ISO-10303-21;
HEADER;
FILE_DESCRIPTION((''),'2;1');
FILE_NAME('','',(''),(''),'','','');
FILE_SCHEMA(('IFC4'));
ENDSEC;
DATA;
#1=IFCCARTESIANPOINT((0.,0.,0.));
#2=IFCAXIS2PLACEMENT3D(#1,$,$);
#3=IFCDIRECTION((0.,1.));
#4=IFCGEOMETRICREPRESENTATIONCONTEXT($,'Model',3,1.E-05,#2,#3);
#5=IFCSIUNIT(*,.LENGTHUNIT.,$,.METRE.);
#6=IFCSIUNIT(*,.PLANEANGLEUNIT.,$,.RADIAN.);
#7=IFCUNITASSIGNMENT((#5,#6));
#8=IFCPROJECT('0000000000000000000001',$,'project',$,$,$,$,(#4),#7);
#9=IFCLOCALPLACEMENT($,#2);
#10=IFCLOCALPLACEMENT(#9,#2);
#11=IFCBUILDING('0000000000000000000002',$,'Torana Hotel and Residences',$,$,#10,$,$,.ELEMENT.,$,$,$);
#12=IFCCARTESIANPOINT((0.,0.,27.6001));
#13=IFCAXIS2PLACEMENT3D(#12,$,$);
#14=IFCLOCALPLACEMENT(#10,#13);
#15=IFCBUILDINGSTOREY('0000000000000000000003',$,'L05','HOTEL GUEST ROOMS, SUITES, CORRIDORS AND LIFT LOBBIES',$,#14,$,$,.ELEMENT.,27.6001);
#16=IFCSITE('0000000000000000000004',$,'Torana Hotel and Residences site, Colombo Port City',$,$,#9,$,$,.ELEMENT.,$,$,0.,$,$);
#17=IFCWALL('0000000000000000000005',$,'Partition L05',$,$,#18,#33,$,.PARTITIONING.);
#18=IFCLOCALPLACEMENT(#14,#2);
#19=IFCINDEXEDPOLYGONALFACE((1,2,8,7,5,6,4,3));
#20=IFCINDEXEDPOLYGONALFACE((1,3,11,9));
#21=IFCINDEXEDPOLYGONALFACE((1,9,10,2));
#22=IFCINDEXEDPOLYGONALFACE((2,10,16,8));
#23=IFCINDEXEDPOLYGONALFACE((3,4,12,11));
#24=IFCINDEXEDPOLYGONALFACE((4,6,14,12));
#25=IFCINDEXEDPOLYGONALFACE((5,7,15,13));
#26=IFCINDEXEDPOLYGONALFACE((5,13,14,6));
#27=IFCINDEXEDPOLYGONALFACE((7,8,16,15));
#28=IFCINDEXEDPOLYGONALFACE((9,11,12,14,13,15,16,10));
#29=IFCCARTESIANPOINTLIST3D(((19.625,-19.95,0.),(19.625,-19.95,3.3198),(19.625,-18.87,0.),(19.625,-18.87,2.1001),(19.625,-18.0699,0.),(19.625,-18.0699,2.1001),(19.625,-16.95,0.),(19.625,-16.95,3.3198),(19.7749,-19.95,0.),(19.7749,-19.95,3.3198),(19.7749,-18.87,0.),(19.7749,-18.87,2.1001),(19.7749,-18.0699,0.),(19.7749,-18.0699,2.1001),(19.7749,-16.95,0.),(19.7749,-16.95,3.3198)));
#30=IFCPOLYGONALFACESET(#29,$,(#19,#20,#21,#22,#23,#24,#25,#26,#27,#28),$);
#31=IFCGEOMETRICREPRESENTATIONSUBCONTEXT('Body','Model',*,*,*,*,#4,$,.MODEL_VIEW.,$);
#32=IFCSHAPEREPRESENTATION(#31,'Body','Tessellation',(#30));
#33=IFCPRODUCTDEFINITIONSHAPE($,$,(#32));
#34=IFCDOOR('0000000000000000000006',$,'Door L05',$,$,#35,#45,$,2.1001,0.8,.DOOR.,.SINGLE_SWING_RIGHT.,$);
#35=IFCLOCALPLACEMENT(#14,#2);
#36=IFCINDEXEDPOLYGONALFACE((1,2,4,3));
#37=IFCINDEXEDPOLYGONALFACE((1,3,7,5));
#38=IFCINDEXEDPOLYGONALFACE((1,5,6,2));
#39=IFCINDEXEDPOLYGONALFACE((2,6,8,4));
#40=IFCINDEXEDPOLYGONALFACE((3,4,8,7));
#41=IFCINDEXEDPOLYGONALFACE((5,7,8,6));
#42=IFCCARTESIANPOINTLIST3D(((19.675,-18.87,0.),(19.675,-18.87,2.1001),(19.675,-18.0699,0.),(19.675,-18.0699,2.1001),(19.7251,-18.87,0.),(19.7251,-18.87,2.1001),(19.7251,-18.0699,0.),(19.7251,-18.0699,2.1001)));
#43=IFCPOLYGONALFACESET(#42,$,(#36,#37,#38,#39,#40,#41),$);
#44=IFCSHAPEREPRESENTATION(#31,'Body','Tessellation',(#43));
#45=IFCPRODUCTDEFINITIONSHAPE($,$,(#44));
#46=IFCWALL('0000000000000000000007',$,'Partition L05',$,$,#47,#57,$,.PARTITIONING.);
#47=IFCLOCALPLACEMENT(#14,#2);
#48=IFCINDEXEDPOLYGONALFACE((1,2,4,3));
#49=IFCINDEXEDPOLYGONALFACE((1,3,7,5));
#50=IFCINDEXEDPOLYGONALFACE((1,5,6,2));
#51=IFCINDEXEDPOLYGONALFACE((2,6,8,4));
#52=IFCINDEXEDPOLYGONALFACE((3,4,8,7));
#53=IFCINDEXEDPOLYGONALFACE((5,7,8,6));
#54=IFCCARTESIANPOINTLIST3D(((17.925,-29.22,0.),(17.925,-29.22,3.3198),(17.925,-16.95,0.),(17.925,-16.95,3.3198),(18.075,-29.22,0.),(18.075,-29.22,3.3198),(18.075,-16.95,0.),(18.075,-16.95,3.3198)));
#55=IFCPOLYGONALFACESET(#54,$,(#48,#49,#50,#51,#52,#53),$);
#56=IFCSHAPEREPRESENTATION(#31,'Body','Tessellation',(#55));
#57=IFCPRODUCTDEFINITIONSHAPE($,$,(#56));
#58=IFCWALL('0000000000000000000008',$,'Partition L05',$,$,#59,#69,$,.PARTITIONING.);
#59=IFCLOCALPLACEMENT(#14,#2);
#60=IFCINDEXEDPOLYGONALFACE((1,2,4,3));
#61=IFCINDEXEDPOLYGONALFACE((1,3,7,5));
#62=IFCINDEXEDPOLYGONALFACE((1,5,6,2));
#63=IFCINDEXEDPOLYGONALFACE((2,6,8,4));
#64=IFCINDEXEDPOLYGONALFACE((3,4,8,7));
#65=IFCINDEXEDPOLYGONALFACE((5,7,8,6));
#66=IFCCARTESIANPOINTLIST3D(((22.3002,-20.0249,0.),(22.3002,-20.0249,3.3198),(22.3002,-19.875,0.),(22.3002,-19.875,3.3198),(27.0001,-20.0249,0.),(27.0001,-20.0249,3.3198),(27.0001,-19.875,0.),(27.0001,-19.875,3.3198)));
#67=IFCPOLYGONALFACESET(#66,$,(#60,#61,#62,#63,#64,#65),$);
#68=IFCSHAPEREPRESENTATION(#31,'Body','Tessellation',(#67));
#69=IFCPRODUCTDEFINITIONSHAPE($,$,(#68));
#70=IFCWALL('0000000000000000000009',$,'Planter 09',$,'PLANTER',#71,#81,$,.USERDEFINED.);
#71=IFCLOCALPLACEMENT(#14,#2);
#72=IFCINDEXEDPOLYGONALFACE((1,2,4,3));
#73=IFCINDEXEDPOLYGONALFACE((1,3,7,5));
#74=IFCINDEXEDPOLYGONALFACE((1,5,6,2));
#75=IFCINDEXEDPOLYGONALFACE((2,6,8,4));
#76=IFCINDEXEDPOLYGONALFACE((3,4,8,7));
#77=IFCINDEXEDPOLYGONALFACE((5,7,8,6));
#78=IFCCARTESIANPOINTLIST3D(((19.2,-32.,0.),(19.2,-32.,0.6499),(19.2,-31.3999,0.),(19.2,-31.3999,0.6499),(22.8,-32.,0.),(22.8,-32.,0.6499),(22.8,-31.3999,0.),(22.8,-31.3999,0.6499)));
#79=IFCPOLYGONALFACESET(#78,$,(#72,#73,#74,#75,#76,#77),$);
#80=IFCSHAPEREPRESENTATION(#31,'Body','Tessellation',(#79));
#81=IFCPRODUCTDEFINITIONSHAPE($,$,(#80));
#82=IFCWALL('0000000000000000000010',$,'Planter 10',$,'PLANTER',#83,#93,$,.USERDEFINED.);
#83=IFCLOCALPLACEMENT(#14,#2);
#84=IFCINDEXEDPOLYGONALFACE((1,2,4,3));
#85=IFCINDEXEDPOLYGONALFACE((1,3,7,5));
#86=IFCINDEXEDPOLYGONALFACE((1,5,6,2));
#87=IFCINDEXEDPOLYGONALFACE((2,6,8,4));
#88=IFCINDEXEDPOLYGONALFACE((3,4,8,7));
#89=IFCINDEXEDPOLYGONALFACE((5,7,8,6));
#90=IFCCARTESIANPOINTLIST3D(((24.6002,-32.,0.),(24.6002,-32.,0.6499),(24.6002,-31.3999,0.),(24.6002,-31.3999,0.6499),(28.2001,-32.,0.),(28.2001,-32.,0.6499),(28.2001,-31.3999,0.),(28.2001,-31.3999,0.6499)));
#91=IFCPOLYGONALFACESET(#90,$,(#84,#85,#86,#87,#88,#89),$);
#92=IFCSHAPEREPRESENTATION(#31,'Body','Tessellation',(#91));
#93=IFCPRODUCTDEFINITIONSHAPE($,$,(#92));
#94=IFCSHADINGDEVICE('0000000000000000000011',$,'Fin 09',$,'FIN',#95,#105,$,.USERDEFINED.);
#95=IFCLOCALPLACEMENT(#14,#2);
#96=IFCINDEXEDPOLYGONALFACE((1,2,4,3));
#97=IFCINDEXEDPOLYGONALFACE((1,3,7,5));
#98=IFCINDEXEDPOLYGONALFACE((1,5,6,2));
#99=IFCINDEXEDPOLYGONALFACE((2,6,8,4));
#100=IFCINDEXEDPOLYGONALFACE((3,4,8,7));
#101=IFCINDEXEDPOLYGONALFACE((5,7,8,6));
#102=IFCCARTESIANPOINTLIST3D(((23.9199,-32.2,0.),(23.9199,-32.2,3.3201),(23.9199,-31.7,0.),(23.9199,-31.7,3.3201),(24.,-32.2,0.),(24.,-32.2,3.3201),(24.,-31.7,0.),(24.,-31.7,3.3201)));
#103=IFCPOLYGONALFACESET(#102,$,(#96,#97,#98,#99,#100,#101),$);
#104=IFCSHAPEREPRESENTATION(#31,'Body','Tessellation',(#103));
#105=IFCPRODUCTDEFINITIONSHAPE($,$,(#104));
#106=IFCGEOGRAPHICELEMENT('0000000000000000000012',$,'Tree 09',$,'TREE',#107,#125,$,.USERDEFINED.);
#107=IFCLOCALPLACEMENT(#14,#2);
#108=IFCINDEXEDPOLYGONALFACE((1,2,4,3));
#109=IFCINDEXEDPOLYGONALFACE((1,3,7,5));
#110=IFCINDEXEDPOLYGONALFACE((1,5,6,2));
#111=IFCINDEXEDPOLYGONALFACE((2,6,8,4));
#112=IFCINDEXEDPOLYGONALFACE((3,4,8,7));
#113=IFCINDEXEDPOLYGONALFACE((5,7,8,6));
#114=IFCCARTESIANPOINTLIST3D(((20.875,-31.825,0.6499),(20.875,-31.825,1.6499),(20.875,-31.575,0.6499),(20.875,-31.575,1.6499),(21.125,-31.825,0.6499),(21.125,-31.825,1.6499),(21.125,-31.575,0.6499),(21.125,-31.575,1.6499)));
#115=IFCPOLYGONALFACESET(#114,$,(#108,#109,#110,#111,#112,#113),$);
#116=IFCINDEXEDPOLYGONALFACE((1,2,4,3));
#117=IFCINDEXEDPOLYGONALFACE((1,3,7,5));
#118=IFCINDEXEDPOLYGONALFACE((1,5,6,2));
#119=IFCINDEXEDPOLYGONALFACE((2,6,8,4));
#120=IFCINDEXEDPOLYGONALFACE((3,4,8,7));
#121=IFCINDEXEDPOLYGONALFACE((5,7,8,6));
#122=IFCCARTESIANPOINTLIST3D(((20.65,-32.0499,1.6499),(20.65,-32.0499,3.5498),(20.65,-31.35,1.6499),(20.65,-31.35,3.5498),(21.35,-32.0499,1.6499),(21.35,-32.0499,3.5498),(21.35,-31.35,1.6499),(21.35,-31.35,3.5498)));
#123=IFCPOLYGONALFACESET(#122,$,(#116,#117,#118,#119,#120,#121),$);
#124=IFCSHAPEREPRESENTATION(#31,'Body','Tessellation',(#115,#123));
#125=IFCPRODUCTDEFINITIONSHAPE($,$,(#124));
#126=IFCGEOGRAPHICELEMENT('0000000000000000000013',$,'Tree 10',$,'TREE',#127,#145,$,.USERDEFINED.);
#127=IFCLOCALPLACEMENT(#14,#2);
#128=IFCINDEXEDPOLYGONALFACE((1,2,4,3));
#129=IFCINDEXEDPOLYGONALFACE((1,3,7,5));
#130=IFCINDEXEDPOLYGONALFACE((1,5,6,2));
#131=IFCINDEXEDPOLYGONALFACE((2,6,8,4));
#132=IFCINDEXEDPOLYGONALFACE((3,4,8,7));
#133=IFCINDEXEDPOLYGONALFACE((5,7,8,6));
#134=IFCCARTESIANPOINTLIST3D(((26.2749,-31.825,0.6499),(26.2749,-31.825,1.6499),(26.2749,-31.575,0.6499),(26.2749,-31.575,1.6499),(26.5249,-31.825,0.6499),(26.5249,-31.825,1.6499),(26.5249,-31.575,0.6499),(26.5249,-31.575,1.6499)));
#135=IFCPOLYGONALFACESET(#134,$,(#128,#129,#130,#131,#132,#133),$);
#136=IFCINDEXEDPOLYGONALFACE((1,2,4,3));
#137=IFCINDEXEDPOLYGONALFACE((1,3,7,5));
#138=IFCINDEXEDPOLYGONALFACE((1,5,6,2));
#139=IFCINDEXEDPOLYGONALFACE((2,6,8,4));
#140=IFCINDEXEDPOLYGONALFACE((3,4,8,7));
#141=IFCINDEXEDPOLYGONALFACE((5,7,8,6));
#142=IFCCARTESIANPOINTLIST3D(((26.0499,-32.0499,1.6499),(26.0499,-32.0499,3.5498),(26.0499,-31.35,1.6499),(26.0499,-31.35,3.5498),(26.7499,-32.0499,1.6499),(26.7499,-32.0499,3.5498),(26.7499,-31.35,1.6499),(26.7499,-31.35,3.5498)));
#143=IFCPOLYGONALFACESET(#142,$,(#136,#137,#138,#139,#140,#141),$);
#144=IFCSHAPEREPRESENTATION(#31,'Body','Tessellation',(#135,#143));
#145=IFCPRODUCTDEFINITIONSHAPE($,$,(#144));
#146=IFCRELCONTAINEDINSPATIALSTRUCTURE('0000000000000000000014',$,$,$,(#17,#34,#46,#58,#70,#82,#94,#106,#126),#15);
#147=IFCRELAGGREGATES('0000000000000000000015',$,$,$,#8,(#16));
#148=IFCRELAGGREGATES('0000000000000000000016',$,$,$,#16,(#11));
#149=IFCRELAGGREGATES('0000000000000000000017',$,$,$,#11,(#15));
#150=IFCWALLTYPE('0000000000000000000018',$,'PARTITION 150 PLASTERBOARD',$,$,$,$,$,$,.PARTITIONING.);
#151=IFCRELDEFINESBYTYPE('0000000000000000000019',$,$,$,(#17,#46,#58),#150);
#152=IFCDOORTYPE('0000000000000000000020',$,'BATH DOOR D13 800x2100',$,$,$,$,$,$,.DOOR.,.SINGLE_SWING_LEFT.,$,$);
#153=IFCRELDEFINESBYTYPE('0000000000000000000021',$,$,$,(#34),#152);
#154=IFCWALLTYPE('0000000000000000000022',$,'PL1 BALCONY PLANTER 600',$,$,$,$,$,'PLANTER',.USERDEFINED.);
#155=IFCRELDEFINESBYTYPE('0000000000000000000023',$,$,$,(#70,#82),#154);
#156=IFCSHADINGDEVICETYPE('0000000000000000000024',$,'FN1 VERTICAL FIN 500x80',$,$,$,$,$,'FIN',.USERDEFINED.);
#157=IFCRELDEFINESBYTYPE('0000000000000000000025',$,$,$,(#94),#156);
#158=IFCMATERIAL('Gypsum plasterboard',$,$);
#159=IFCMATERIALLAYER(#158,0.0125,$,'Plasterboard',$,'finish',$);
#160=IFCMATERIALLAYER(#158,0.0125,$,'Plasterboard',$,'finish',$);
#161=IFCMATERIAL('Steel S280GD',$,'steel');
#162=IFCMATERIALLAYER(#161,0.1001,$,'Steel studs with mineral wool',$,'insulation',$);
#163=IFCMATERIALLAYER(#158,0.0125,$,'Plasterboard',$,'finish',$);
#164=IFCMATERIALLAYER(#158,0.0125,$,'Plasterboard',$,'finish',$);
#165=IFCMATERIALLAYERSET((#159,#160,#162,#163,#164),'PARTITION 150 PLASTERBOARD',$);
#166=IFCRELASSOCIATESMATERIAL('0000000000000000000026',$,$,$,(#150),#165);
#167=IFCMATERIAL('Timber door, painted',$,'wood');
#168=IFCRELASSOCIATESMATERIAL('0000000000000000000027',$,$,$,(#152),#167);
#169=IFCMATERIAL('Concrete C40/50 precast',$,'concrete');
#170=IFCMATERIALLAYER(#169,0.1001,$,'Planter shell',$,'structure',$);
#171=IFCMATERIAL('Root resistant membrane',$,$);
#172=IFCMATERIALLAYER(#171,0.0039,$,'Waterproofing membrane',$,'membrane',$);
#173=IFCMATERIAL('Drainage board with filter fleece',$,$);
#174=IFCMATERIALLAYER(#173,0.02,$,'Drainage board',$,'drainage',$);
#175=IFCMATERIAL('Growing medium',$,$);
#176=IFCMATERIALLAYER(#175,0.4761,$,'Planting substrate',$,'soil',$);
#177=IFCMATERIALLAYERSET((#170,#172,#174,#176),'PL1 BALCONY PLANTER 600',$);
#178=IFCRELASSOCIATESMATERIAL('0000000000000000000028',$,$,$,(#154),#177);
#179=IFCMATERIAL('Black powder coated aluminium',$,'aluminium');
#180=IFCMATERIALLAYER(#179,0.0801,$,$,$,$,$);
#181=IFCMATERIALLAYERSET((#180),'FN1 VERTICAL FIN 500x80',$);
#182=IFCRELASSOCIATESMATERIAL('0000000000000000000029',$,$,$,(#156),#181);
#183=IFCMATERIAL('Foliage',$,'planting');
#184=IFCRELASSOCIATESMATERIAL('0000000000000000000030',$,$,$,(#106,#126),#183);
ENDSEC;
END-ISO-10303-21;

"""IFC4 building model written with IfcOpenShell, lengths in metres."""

from ifc_helpers import new_model, si_unit, direction, frame, frame_2d, origin, origin_2d, place, context, subcontext, project, spatial, rectangle, extrude, material, layer, layer_set, type_object, element, fill, save


model = new_model("IFC4")

# Units and contexts
model_context = context("Model", 3, precision=1e-05, world=origin(), true_north=direction((0.0, 1.0)))
body_context = subcontext(model_context, "Body", "Model", "MODEL_VIEW")
ifc_project = project(units=[si_unit("LENGTHUNIT", "METRE"), si_unit("PLANEANGLEUNIT", "RADIAN")], contexts=[model_context])

# Site, building, storey
site_placement = place(None, origin())
site = spatial("IfcSite", under=ifc_project, at=site_placement, Name="Torana Hotel and Residences site, Colombo Port City", CompositionType="ELEMENT", RefElevation=0.0)
building_placement = place(site_placement, origin())
building = spatial("IfcBuilding", under=site, at=building_placement, Name="Torana Hotel and Residences", CompositionType="ELEMENT")
storey_placement = place(building_placement, frame((0.0, 0.0, 27.6001)))
storey = spatial("IfcBuildingStorey", under=building, at=storey_placement, Name="L05", Description="HOTEL GUEST ROOMS, SUITES, CORRIDORS AND LIFT LOBBIES", CompositionType="ELEMENT", Elevation=27.6001)

# Shared definitions
ifc_material_1 = material(Name="Gypsum plasterboard")
ifc_layer_1 = layer(ifc_material_1, 0.0125, Name="Plasterboard", Category="finish")
ifc_layer_2 = layer(ifc_material_1, 0.0125, Name="Plasterboard", Category="finish")
ifc_material_2 = material(Name="Steel S280GD", Category="steel")
ifc_layer_3 = layer(ifc_material_2, 0.1001, Name="Steel studs with mineral wool", Category="insulation")
ifc_layer_4 = layer(ifc_material_1, 0.0125, Name="Plasterboard", Category="finish")
ifc_layer_5 = layer(ifc_material_1, 0.0125, Name="Plasterboard", Category="finish")
ifc_layer_set_1 = layer_set([ifc_layer_1, ifc_layer_2, ifc_layer_3, ifc_layer_4, ifc_layer_5], Name="PARTITION 150 PLASTERBOARD")
wall_type_1 = type_object("IfcWallType", Name="PARTITION 150 PLASTERBOARD", PredefinedType="PARTITIONING", material=ifc_layer_set_1)

# Shared definitions
ifc_material_3 = material(Name="Timber door, painted", Category="wood")
door_type_1 = type_object("IfcDoorType", Name="BATH DOOR D13 800x2100", OperationType="SINGLE_SWING_LEFT", PredefinedType="DOOR", material=ifc_material_3)

# Wall, opening, door
wall_1_placement = place(storey_placement, frame((19.7, -19.95, 0.0), z_axis=(0.0, 0.0, 1.0), x_axis=(0.0, 1.0, 0.0)))
wall_1 = element("IfcWall", 1, at=wall_1_placement, inside=storey, type_object=wall_type_1, Name="Partition L05", PredefinedType="PARTITIONING", context=body_context, shape_type="SweptSolid", body=[
    extrude(rectangle(XDim=3.0, YDim=0.1499, at=frame_2d((1.5, 0.0))), origin(), (0.0, 0.0, 1.0), 3.3198),
])
opening_1_placement = place(wall_1_placement, frame((1.0801, 0.0, 0.0)))
opening_1 = element("IfcOpeningElement", 2, at=opening_1_placement, cuts=wall_1, PredefinedType="OPENING", context=body_context, shape_type="SweptSolid", body=[
    extrude(rectangle(XDim=0.8, YDim=2.1001, at=frame_2d((0.3999, 1.05))), frame((0.0, 0.085, 0.0), z_axis=(0.0, -1.0, 0.0), x_axis=(1.0, 0.0, 0.0)), (0.0, 0.0, 1.0), 0.1699),
])
door_1_placement = place(opening_1_placement, origin())
door_1 = element("IfcDoor", 3, at=door_1_placement, inside=storey, type_object=door_type_1, Name="Door L05", OperationType="SINGLE_SWING_RIGHT", OverallHeight=2.1001, OverallWidth=0.8, PredefinedType="DOOR", context=body_context, shape_type="SweptSolid", body=[
    extrude(rectangle(XDim=0.8, YDim=2.1001, at=frame_2d((0.3999, 1.05))), frame((0.0, 0.0249, 0.0), z_axis=(0.0, -1.0, 0.0), x_axis=(1.0, 0.0, 0.0)), (0.0, 0.0, 1.0), 0.05),
])
fill(opening_1, door_1)

# Walls
wall_2_placement = place(storey_placement, frame((18.0, -29.22, 0.0), z_axis=(0.0, 0.0, 1.0), x_axis=(0.0, 1.0, 0.0)))
element("IfcWall", 4, at=wall_2_placement, inside=storey, type_object=wall_type_1, Name="Partition L05", PredefinedType="PARTITIONING", context=body_context, shape_type="SweptSolid", body=[
    extrude(rectangle(XDim=12.27, YDim=0.1499, at=frame_2d((6.135, 0.0))), origin(), (0.0, 0.0, 1.0), 3.3198),
])
wall_3_placement = place(storey_placement, frame((22.3, -19.95, 0.0), z_axis=(0.0, 0.0, 1.0), x_axis=(1.0, 0.0, 0.0)))
element("IfcWall", 5, at=wall_3_placement, inside=storey, type_object=wall_type_1, Name="Partition L05", PredefinedType="PARTITIONING", context=body_context, shape_type="SweptSolid", body=[
    extrude(rectangle(XDim=4.7, YDim=0.1499, at=frame_2d((2.3501, 0.0))), origin(), (0.0, 0.0, 1.0), 3.3198),
])
ifc_material_4 = material(Name="Concrete C40/50 precast", Category="concrete")
ifc_layer_6 = layer(ifc_material_4, 0.1001, Name="Planter shell", Category="structure")
ifc_material_5 = material(Name="Root resistant membrane")
ifc_layer_7 = layer(ifc_material_5, 0.0039, Name="Waterproofing membrane", Category="membrane")
ifc_material_6 = material(Name="Drainage board with filter fleece")
ifc_layer_8 = layer(ifc_material_6, 0.02, Name="Drainage board", Category="drainage")
ifc_material_7 = material(Name="Growing medium")
ifc_layer_9 = layer(ifc_material_7, 0.4761, Name="Planting substrate", Category="soil")
ifc_layer_set_2 = layer_set([ifc_layer_6, ifc_layer_7, ifc_layer_8, ifc_layer_9], Name="PL1 BALCONY PLANTER 600")
wall_type_2 = type_object("IfcWallType", Name="PL1 BALCONY PLANTER 600", ElementType="PLANTER", PredefinedType="USERDEFINED", material=ifc_layer_set_2)
wall_4_placement = place(storey_placement, frame((22.8, -31.7, 0.0), z_axis=(0.0, 0.0, 1.0), x_axis=(-1.0, 0.0, 0.0)))
element("IfcWall", 6, at=wall_4_placement, inside=storey, type_object=wall_type_2, Name="Planter 09", ObjectType="PLANTER", PredefinedType="USERDEFINED", context=body_context, shape_type="SweptSolid", body=[
    extrude(rectangle(XDim=3.6001, YDim=0.6001, at=frame_2d((1.8, 0.0))), origin(), (0.0, 0.0, 1.0), 0.6499),
])
wall_5_placement = place(storey_placement, frame((28.2, -31.7, 0.0), z_axis=(0.0, 0.0, 1.0), x_axis=(-1.0, 0.0, 0.0)))
element("IfcWall", 7, at=wall_5_placement, inside=storey, type_object=wall_type_2, Name="Planter 10", ObjectType="PLANTER", PredefinedType="USERDEFINED", context=body_context, shape_type="SweptSolid", body=[
    extrude(rectangle(XDim=3.5999, YDim=0.6001, at=frame_2d((1.7998, 0.0))), origin(), (0.0, 0.0, 1.0), 0.6499),
])

# Shading device
ifc_material_8 = material(Name="Black powder coated aluminium", Category="aluminium")
ifc_layer_10 = layer(ifc_material_8, 0.0801)
ifc_layer_set_3 = layer_set([ifc_layer_10], Name="FN1 VERTICAL FIN 500x80")
shading_device_type = type_object("IfcShadingDeviceType", Name="FN1 VERTICAL FIN 500x80", ElementType="FIN", PredefinedType="USERDEFINED", material=ifc_layer_set_3)
shading_device_placement = place(storey_placement, frame((23.96, -31.95, 0.0), z_axis=(0.0, 0.0, 1.0), x_axis=(-1.0, 0.0, 0.0)))
element("IfcShadingDevice", 8, at=shading_device_placement, inside=storey, type_object=shading_device_type, Name="Fin 09", ObjectType="FIN", PredefinedType="USERDEFINED", context=body_context, shape_type="SweptSolid", body=[
    extrude(rectangle(XDim=0.0801, YDim=0.5, at=origin_2d()), origin(), (0.0, 0.0, 1.0), 3.3201),
])

# Geographic elements
ifc_material_9 = material(Name="Foliage", Category="planting")
for number, where, z_axis, x_axis, name in (
    (9, (21.0, -31.7, 0.6499), (0.0, 0.0, 1.0), (1.0, 0.0, 0.0), "Tree 09"),
    (10, (26.3999, -31.7, 0.6499), (0.0, 0.0, 1.0), (1.0, 0.0, 0.0), "Tree 10"),
):
    element("IfcGeographicElement", number, at=place(storey_placement, frame(where, z_axis=z_axis, x_axis=x_axis)), inside=storey, material=ifc_material_9, Name=name, ObjectType="TREE", PredefinedType="USERDEFINED", context=body_context, shape_type="SweptSolid", body=[
        extrude(rectangle(XDim=0.25, YDim=0.25, at=origin_2d()), origin(), (0.0, 0.0, 1.0), 1.0),
        extrude(rectangle(XDim=0.7, YDim=0.7, at=origin_2d()), frame((0.0, 0.0, 1.0)), (0.0, 0.0, 1.0), 1.8999),
    ])

save(model, "model.ifc")
